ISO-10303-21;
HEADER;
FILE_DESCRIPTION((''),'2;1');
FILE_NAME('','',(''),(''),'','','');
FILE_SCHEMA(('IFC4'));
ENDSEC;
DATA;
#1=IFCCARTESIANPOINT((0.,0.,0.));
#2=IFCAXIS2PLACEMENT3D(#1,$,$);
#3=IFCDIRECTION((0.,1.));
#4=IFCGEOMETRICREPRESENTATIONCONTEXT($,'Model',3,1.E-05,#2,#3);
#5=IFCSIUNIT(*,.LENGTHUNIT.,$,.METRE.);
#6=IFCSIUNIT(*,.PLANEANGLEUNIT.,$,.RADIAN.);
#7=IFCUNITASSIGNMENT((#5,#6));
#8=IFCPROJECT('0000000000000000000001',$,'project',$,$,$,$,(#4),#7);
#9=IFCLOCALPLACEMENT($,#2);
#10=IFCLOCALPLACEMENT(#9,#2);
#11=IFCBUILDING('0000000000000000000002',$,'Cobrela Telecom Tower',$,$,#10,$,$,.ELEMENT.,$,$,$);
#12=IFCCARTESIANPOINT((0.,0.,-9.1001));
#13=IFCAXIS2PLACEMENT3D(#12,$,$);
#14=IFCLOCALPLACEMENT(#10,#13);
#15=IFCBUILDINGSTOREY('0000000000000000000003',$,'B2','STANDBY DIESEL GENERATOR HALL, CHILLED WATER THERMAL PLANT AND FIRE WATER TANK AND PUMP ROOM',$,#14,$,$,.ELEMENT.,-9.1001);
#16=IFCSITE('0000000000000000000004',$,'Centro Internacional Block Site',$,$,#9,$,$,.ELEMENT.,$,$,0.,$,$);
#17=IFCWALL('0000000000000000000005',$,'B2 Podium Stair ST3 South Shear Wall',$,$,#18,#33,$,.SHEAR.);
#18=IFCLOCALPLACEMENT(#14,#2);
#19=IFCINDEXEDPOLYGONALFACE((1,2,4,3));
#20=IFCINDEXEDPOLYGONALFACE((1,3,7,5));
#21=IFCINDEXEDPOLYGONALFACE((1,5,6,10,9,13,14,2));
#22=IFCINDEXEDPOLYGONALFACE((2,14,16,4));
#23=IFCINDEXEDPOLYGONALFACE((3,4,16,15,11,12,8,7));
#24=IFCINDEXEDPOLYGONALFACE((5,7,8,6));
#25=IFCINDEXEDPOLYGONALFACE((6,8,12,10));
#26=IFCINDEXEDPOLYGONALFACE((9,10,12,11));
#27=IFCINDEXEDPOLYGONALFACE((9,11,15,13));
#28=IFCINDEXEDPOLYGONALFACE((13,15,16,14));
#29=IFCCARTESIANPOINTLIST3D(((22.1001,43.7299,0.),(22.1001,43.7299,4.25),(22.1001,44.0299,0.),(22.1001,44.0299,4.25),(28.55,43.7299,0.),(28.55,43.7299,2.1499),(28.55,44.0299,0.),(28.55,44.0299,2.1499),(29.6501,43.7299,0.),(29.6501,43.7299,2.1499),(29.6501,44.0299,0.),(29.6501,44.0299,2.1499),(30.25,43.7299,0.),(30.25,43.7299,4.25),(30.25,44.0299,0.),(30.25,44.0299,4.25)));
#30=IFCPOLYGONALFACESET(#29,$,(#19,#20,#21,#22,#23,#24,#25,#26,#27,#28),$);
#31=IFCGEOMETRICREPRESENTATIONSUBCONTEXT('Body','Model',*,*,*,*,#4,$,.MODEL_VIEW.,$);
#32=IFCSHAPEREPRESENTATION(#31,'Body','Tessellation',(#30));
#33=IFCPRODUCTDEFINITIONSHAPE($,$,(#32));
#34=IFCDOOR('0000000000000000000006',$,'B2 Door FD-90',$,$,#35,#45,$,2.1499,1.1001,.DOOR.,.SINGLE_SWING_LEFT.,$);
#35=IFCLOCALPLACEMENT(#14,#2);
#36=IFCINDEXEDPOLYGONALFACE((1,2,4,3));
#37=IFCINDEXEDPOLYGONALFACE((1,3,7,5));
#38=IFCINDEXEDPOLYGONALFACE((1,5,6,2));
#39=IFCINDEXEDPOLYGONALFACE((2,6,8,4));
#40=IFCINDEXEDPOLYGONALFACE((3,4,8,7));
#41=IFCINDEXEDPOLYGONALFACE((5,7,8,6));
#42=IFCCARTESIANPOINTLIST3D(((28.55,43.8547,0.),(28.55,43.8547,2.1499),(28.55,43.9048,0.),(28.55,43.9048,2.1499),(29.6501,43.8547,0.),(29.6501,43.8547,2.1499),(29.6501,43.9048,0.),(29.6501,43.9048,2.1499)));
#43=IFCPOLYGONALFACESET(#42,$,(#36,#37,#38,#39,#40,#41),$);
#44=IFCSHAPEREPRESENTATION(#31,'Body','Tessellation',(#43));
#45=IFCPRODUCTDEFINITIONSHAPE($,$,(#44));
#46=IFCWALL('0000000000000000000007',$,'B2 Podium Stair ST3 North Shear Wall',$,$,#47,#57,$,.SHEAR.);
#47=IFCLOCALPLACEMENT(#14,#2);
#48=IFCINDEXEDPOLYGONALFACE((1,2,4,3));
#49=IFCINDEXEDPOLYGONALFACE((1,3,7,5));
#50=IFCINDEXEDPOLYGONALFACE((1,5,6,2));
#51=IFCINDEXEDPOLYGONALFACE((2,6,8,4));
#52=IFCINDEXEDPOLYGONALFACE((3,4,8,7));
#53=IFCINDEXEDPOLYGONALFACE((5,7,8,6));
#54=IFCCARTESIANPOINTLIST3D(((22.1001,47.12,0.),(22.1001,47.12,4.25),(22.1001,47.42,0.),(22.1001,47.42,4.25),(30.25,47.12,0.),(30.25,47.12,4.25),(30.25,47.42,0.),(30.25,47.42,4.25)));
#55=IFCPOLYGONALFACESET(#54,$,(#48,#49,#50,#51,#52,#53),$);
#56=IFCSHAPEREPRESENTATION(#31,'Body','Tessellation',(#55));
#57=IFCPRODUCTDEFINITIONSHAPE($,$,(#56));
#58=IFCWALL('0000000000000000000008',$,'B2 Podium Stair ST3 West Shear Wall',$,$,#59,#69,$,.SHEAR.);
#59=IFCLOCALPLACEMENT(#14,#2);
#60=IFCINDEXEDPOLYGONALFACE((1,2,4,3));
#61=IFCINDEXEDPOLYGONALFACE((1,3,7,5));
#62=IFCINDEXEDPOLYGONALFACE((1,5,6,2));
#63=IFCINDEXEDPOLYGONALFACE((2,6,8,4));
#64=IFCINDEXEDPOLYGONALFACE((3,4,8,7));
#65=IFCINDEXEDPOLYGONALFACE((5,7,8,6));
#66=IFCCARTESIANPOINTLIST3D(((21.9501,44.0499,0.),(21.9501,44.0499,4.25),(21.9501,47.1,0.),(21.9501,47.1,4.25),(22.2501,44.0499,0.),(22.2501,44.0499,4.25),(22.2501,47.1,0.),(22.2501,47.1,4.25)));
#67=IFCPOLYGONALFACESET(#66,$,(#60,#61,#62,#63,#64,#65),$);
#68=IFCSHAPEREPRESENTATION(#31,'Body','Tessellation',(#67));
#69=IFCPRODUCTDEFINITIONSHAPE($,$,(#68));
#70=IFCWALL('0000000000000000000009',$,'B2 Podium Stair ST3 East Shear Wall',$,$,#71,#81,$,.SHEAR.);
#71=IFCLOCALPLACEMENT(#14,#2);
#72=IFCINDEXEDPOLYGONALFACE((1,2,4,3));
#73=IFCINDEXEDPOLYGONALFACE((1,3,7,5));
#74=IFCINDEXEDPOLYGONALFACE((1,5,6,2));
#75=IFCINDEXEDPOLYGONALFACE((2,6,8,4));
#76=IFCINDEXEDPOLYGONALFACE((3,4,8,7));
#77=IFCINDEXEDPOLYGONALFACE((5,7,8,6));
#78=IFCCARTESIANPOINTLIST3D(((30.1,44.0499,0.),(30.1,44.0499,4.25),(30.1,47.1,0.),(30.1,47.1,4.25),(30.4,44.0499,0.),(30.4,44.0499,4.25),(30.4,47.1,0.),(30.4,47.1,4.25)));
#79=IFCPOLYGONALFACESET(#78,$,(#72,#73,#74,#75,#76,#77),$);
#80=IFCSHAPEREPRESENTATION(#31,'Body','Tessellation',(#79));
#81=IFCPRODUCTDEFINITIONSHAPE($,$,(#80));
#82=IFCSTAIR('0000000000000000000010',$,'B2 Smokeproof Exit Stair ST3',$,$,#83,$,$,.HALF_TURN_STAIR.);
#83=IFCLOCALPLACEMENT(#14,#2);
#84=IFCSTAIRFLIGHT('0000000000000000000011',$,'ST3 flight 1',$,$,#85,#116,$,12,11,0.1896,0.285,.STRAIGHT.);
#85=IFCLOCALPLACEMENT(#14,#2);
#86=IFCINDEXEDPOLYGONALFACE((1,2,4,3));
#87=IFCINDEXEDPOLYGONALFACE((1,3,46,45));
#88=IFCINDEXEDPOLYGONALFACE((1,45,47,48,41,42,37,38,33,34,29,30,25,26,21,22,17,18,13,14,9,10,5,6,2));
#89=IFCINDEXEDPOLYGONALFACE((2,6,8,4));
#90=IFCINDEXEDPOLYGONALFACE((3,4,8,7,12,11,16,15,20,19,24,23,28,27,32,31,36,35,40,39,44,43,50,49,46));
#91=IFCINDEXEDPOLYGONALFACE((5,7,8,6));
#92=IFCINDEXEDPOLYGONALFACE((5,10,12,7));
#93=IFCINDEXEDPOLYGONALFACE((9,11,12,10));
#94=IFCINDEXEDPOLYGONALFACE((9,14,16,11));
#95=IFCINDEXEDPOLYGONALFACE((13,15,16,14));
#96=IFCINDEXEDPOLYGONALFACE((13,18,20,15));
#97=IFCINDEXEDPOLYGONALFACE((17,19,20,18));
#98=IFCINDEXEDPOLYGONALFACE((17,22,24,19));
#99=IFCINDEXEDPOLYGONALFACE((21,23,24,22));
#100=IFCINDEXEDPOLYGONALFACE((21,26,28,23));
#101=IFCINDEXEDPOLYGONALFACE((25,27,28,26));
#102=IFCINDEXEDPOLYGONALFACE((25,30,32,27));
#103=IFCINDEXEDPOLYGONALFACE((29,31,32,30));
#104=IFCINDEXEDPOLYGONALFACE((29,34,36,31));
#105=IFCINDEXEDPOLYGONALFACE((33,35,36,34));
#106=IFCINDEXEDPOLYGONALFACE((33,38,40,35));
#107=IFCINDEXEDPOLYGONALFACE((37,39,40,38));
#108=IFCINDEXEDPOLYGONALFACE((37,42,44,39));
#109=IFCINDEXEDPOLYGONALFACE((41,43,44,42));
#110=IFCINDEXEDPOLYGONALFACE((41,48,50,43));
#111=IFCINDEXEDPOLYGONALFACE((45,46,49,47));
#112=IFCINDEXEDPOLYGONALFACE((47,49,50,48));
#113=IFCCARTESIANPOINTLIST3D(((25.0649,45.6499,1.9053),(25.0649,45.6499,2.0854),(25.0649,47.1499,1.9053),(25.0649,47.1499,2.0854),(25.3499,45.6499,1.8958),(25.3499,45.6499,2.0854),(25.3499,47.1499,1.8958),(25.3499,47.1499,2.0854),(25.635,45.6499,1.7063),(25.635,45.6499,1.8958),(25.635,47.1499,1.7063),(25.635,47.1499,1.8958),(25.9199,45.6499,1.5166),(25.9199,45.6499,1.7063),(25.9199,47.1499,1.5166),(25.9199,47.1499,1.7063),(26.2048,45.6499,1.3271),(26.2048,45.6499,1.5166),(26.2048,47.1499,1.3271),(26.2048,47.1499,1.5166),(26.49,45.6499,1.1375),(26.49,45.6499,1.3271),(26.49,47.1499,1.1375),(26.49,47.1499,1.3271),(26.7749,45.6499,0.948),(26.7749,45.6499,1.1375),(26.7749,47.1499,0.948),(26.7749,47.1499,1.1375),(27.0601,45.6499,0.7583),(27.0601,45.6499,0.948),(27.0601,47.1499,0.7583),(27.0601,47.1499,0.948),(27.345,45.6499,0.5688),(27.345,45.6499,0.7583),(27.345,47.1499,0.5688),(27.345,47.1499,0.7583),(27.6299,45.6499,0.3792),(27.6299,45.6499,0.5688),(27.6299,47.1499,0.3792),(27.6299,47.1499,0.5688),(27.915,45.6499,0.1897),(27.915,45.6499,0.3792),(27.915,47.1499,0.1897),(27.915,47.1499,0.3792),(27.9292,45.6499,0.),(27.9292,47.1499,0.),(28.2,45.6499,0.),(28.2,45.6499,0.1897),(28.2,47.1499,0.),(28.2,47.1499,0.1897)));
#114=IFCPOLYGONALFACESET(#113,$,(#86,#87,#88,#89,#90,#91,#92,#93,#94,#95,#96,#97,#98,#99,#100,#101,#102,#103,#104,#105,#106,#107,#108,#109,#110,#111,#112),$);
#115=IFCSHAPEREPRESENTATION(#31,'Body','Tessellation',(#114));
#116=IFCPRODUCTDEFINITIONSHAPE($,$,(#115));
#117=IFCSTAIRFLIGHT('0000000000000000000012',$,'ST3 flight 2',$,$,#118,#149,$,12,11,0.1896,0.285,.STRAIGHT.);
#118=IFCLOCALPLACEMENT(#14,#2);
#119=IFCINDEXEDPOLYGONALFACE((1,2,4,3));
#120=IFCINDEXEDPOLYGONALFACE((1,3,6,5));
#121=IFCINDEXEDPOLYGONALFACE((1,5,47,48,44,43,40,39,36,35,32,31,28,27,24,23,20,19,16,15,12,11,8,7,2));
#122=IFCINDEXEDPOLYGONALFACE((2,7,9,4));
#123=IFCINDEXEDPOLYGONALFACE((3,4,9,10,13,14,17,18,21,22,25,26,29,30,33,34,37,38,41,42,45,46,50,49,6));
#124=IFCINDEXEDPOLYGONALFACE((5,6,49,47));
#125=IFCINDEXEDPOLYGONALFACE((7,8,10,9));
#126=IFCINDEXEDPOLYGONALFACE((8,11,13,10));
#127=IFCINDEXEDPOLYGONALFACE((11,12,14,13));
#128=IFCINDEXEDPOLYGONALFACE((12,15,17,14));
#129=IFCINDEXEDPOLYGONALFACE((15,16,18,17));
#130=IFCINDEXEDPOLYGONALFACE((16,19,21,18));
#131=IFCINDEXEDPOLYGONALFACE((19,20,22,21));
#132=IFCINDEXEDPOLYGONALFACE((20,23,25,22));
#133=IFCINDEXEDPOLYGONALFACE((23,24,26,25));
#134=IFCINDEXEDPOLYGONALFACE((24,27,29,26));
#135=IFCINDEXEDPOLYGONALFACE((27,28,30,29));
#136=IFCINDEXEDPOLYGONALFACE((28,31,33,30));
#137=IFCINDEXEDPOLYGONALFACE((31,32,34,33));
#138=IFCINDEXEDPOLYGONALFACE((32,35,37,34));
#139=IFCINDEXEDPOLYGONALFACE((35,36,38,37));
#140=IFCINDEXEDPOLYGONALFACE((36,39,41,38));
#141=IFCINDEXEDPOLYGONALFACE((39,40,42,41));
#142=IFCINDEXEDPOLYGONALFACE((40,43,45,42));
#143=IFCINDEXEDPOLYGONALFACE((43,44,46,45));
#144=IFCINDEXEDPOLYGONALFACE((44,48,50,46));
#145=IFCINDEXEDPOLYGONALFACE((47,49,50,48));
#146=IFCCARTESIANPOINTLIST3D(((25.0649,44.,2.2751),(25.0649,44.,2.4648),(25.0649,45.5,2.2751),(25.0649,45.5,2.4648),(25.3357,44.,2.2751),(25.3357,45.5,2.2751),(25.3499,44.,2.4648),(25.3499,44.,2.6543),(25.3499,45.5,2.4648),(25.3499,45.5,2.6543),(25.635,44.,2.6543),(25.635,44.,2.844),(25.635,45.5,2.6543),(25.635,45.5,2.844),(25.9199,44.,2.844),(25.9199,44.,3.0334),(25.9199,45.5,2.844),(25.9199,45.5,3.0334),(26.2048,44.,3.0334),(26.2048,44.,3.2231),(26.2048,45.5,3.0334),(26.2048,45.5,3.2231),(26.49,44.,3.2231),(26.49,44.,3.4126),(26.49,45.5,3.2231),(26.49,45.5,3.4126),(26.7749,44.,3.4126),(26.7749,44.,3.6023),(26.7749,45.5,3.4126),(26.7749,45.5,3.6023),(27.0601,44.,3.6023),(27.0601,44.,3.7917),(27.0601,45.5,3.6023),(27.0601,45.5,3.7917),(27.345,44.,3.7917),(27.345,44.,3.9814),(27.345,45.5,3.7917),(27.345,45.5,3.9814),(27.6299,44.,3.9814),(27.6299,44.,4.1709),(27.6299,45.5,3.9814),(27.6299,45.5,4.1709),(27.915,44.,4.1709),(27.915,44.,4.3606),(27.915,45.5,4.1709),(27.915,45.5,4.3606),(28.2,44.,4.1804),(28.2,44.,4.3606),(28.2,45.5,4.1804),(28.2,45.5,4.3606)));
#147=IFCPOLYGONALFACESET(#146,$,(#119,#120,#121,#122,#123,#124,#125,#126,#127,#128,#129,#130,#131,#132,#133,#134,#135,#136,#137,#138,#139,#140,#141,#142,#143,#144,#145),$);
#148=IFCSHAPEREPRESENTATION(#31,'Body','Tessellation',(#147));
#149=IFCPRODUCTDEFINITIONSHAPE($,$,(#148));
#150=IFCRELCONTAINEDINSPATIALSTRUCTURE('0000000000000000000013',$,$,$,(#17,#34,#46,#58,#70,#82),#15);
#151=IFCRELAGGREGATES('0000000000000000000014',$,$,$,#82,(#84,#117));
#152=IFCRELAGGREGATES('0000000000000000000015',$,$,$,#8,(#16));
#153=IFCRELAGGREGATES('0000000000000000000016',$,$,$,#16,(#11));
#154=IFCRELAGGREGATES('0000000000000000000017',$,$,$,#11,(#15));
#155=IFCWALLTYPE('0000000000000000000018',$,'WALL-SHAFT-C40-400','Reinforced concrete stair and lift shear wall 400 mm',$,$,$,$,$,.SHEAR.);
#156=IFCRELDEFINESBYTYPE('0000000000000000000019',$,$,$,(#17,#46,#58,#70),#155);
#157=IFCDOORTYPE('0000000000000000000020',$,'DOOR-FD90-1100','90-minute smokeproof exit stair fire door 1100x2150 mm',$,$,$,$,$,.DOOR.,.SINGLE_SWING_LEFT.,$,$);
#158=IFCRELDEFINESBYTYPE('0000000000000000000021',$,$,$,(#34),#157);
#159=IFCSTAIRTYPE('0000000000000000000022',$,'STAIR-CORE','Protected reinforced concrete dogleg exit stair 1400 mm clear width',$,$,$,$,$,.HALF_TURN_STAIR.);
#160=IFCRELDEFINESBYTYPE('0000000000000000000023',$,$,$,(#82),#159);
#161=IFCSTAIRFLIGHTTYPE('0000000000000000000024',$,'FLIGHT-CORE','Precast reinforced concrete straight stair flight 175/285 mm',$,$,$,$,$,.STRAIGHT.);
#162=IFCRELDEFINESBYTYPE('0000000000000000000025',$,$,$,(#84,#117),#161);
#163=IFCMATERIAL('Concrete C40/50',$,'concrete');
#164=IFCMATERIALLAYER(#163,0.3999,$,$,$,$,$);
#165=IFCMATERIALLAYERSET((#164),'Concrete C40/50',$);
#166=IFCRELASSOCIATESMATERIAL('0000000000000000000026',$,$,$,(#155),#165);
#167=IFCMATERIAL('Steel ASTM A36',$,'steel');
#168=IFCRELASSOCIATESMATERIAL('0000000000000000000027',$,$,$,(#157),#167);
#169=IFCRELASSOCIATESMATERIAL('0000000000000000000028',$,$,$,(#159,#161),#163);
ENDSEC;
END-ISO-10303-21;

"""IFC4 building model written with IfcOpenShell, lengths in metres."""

from ifc_helpers import new_model, si_unit, direction, frame, frame_2d, origin, place, context, subcontext, project, spatial, polyline, rectangle, outline, extrude, material, layer, layer_set, type_object, element, fill, aggregate, save


model = new_model("IFC4")

# Units and contexts
model_context = context("Model", 3, precision=1e-05, world=origin(), true_north=direction((0.0, 1.0)))
body_context = subcontext(model_context, "Body", "Model", "MODEL_VIEW")
ifc_project = project(units=[si_unit("LENGTHUNIT", "METRE"), si_unit("PLANEANGLEUNIT", "RADIAN")], contexts=[model_context])

# Site, building, storey
site_placement = place(None, origin())
site = spatial("IfcSite", under=ifc_project, at=site_placement, Name="Centro Internacional Block Site", CompositionType="ELEMENT", RefElevation=0.0)
building_placement = place(site_placement, origin())
building = spatial("IfcBuilding", under=site, at=building_placement, Name="Cobrela Telecom Tower", CompositionType="ELEMENT")
storey_placement = place(building_placement, frame((0.0, 0.0, -9.1001)))
storey = spatial("IfcBuildingStorey", under=building, at=storey_placement, Name="B2", Description="STANDBY DIESEL GENERATOR HALL, CHILLED WATER THERMAL PLANT AND FIRE WATER TANK AND PUMP ROOM", CompositionType="ELEMENT", Elevation=-9.1001)

# Shared definitions
ifc_material_1 = material(Name="Concrete C40/50", Category="concrete")

# Wall, opening, door
ifc_layer_1 = layer(ifc_material_1, 0.3999)
ifc_layer_set_1 = layer_set([ifc_layer_1], Name="Concrete C40/50")
wall_type = type_object("IfcWallType", Name="WALL-SHAFT-C40-400", Description="Reinforced concrete stair and lift shear wall 400 mm", PredefinedType="SHEAR", material=ifc_layer_set_1)
wall_1_placement = place(storey_placement, frame((22.1001, 43.8799, 0.0), z_axis=(0.0, 0.0, 1.0), x_axis=(1.0, 0.0, 0.0)))
wall_1 = element("IfcWall", 1, at=wall_1_placement, inside=storey, type_object=wall_type, Name="B2 Podium Stair ST3 South Shear Wall", PredefinedType="SHEAR", context=body_context, shape_type="SweptSolid", body=[
    extrude(rectangle(XDim=8.1499, YDim=0.3, at=frame_2d((4.075, 0.0))), origin(), (0.0, 0.0, 1.0), 4.25),
])
opening_placement = place(wall_1_placement, frame((6.45, 0.0, 0.0)))
opening = element("IfcOpeningElement", 2, at=opening_placement, cuts=wall_1, PredefinedType="OPENING", context=body_context, shape_type="SweptSolid", body=[
    extrude(rectangle(XDim=1.1001, YDim=2.1499, at=frame_2d((0.55, 1.075))), frame((0.0, 0.1621, 0.0), z_axis=(0.0, -1.0, 0.0), x_axis=(1.0, 0.0, 0.0)), (0.0, 0.0, 1.0), 0.324),
])
ifc_material_2 = material(Name="Steel ASTM A36", Category="steel")
door_type = type_object("IfcDoorType", Name="DOOR-FD90-1100", Description="90-minute smokeproof exit stair fire door 1100x2150 mm", OperationType="SINGLE_SWING_LEFT", PredefinedType="DOOR", material=ifc_material_2)
door_placement = place(opening_placement, origin())
door = element("IfcDoor", 3, at=door_placement, inside=storey, type_object=door_type, Name="B2 Door FD-90", OperationType="SINGLE_SWING_LEFT", OverallHeight=2.1499, OverallWidth=1.1001, PredefinedType="DOOR", context=body_context, shape_type="SweptSolid", body=[
    extrude(rectangle(XDim=1.1001, YDim=2.1499, at=frame_2d((0.55, 1.075))), frame((0.0, 0.0249, 0.0), z_axis=(0.0, -1.0, 0.0), x_axis=(1.0, 0.0, 0.0)), (0.0, 0.0, 1.0), 0.05),
])
fill(opening, door)

# Walls
wall_2_placement = place(storey_placement, frame((22.1001, 47.27, 0.0), z_axis=(0.0, 0.0, 1.0), x_axis=(1.0, 0.0, 0.0)))
element("IfcWall", 4, at=wall_2_placement, inside=storey, type_object=wall_type, Name="B2 Podium Stair ST3 North Shear Wall", PredefinedType="SHEAR", context=body_context, shape_type="SweptSolid", body=[
    extrude(rectangle(XDim=8.1499, YDim=0.3, at=frame_2d((4.075, 0.0))), origin(), (0.0, 0.0, 1.0), 4.25),
])
for number, where, z_axis, x_axis, name in (
    (5, (22.1001, 44.05, 0.0), (0.0, 0.0, 1.0), (0.0, 1.0, 0.0), "B2 Podium Stair ST3 West Shear Wall"),
    (6, (30.25, 44.05, 0.0), (0.0, 0.0, 1.0), (0.0, 1.0, 0.0), "B2 Podium Stair ST3 East Shear Wall"),
):
    element("IfcWall", number, at=place(storey_placement, frame(where, z_axis=z_axis, x_axis=x_axis)), inside=storey, type_object=wall_type, Name=name, PredefinedType="SHEAR", context=body_context, shape_type="SweptSolid", body=[
        extrude(rectangle(XDim=3.05, YDim=0.3, at=frame_2d((1.5249, 0.0))), origin(), (0.0, 0.0, 1.0), 4.25),
    ])

# Stair, stair flights
stair_type = type_object("IfcStairType", Name="STAIR-CORE", Description="Protected reinforced concrete dogleg exit stair 1400 mm clear width", PredefinedType="HALF_TURN_STAIR", material=ifc_material_1)
stair_placement = place(storey_placement, origin())
stair = element("IfcStair", 7, at=stair_placement, inside=storey, type_object=stair_type, Name="B2 Smokeproof Exit Stair ST3", PredefinedType="HALF_TURN_STAIR")
stair_flight_type = type_object("IfcStairFlightType", Name="FLIGHT-CORE", Description="Precast reinforced concrete straight stair flight 175/285 mm", PredefinedType="STRAIGHT", material=ifc_material_1)
stair_flight_1_placement = place(storey_placement, frame((28.2, 46.3999, 0.0), z_axis=(0.0, 0.0, 1.0), x_axis=(-1.0, 0.0, 0.0)))
stair_flight_1 = element("IfcStairFlight", 8, at=stair_flight_1_placement, type_object=stair_flight_type, Name="ST3 flight 1", NumberOfRisers=12, NumberOfTreads=11, PredefinedType="STRAIGHT", RiserHeight=0.1896, TreadLength=0.285, context=body_context, shape_type="SweptSolid", body=[
    extrude(outline(polyline([(0.0, 0.0), (0.0, 0.1897), (0.2849, 0.1897), (0.2849, 0.3792), (0.5701, 0.3792), (0.5701, 0.5688), (0.855, 0.5688), (0.855, 0.7583), (1.1399, 0.7583), (1.1399, 0.948), (1.425, 0.948), (1.425, 1.1375), (1.71, 1.1375), (1.71, 1.3271), (1.9951, 1.3271), (1.9951, 1.5166), (2.28, 1.5166), (2.28, 1.7063), (2.5649, 1.7063), (2.5649, 1.8958), (2.8501, 1.8958), (2.8501, 2.0854), (3.135, 2.0854), (3.135, 2.2749), (3.135, 1.9053), (0.2708, 0.0), (0.0, 0.0)])), frame((0.0, 0.75, 0.0), z_axis=(0.0, -1.0, 0.0), x_axis=(1.0, 0.0, 0.0)), (0.0, 0.0, 1.0), 1.5),
])
stair_flight_2_placement = place(storey_placement, frame((25.0649, 44.75, 2.2751), z_axis=(0.0, 0.0, 1.0), x_axis=(1.0, 0.0, 0.0)))
stair_flight_2 = element("IfcStairFlight", 9, at=stair_flight_2_placement, type_object=stair_flight_type, Name="ST3 flight 2", NumberOfRisers=12, NumberOfTreads=11, PredefinedType="STRAIGHT", RiserHeight=0.1896, TreadLength=0.285, context=body_context, shape_type="SweptSolid", body=[
    extrude(outline(polyline([(0.0, 0.0), (0.0, 0.1897), (0.2849, 0.1897), (0.2849, 0.3792), (0.5701, 0.3792), (0.5701, 0.5688), (0.855, 0.5688), (0.855, 0.7583), (1.1399, 0.7583), (1.1399, 0.948), (1.425, 0.948), (1.425, 1.1375), (1.71, 1.1375), (1.71, 1.3271), (1.9951, 1.3271), (1.9951, 1.5166), (2.28, 1.5166), (2.28, 1.7063), (2.5649, 1.7063), (2.5649, 1.8958), (2.8501, 1.8958), (2.8501, 2.0854), (3.135, 2.0854), (3.135, 2.2749), (3.135, 1.9053), (0.2708, 0.0), (0.0, 0.0)])), frame((0.0, 0.75, 0.0), z_axis=(0.0, -1.0, 0.0), x_axis=(1.0, 0.0, 0.0)), (0.0, 0.0, 1.0), 1.5),
])
aggregate(stair, [stair_flight_1, stair_flight_2])

save(model, "model.ifc")
